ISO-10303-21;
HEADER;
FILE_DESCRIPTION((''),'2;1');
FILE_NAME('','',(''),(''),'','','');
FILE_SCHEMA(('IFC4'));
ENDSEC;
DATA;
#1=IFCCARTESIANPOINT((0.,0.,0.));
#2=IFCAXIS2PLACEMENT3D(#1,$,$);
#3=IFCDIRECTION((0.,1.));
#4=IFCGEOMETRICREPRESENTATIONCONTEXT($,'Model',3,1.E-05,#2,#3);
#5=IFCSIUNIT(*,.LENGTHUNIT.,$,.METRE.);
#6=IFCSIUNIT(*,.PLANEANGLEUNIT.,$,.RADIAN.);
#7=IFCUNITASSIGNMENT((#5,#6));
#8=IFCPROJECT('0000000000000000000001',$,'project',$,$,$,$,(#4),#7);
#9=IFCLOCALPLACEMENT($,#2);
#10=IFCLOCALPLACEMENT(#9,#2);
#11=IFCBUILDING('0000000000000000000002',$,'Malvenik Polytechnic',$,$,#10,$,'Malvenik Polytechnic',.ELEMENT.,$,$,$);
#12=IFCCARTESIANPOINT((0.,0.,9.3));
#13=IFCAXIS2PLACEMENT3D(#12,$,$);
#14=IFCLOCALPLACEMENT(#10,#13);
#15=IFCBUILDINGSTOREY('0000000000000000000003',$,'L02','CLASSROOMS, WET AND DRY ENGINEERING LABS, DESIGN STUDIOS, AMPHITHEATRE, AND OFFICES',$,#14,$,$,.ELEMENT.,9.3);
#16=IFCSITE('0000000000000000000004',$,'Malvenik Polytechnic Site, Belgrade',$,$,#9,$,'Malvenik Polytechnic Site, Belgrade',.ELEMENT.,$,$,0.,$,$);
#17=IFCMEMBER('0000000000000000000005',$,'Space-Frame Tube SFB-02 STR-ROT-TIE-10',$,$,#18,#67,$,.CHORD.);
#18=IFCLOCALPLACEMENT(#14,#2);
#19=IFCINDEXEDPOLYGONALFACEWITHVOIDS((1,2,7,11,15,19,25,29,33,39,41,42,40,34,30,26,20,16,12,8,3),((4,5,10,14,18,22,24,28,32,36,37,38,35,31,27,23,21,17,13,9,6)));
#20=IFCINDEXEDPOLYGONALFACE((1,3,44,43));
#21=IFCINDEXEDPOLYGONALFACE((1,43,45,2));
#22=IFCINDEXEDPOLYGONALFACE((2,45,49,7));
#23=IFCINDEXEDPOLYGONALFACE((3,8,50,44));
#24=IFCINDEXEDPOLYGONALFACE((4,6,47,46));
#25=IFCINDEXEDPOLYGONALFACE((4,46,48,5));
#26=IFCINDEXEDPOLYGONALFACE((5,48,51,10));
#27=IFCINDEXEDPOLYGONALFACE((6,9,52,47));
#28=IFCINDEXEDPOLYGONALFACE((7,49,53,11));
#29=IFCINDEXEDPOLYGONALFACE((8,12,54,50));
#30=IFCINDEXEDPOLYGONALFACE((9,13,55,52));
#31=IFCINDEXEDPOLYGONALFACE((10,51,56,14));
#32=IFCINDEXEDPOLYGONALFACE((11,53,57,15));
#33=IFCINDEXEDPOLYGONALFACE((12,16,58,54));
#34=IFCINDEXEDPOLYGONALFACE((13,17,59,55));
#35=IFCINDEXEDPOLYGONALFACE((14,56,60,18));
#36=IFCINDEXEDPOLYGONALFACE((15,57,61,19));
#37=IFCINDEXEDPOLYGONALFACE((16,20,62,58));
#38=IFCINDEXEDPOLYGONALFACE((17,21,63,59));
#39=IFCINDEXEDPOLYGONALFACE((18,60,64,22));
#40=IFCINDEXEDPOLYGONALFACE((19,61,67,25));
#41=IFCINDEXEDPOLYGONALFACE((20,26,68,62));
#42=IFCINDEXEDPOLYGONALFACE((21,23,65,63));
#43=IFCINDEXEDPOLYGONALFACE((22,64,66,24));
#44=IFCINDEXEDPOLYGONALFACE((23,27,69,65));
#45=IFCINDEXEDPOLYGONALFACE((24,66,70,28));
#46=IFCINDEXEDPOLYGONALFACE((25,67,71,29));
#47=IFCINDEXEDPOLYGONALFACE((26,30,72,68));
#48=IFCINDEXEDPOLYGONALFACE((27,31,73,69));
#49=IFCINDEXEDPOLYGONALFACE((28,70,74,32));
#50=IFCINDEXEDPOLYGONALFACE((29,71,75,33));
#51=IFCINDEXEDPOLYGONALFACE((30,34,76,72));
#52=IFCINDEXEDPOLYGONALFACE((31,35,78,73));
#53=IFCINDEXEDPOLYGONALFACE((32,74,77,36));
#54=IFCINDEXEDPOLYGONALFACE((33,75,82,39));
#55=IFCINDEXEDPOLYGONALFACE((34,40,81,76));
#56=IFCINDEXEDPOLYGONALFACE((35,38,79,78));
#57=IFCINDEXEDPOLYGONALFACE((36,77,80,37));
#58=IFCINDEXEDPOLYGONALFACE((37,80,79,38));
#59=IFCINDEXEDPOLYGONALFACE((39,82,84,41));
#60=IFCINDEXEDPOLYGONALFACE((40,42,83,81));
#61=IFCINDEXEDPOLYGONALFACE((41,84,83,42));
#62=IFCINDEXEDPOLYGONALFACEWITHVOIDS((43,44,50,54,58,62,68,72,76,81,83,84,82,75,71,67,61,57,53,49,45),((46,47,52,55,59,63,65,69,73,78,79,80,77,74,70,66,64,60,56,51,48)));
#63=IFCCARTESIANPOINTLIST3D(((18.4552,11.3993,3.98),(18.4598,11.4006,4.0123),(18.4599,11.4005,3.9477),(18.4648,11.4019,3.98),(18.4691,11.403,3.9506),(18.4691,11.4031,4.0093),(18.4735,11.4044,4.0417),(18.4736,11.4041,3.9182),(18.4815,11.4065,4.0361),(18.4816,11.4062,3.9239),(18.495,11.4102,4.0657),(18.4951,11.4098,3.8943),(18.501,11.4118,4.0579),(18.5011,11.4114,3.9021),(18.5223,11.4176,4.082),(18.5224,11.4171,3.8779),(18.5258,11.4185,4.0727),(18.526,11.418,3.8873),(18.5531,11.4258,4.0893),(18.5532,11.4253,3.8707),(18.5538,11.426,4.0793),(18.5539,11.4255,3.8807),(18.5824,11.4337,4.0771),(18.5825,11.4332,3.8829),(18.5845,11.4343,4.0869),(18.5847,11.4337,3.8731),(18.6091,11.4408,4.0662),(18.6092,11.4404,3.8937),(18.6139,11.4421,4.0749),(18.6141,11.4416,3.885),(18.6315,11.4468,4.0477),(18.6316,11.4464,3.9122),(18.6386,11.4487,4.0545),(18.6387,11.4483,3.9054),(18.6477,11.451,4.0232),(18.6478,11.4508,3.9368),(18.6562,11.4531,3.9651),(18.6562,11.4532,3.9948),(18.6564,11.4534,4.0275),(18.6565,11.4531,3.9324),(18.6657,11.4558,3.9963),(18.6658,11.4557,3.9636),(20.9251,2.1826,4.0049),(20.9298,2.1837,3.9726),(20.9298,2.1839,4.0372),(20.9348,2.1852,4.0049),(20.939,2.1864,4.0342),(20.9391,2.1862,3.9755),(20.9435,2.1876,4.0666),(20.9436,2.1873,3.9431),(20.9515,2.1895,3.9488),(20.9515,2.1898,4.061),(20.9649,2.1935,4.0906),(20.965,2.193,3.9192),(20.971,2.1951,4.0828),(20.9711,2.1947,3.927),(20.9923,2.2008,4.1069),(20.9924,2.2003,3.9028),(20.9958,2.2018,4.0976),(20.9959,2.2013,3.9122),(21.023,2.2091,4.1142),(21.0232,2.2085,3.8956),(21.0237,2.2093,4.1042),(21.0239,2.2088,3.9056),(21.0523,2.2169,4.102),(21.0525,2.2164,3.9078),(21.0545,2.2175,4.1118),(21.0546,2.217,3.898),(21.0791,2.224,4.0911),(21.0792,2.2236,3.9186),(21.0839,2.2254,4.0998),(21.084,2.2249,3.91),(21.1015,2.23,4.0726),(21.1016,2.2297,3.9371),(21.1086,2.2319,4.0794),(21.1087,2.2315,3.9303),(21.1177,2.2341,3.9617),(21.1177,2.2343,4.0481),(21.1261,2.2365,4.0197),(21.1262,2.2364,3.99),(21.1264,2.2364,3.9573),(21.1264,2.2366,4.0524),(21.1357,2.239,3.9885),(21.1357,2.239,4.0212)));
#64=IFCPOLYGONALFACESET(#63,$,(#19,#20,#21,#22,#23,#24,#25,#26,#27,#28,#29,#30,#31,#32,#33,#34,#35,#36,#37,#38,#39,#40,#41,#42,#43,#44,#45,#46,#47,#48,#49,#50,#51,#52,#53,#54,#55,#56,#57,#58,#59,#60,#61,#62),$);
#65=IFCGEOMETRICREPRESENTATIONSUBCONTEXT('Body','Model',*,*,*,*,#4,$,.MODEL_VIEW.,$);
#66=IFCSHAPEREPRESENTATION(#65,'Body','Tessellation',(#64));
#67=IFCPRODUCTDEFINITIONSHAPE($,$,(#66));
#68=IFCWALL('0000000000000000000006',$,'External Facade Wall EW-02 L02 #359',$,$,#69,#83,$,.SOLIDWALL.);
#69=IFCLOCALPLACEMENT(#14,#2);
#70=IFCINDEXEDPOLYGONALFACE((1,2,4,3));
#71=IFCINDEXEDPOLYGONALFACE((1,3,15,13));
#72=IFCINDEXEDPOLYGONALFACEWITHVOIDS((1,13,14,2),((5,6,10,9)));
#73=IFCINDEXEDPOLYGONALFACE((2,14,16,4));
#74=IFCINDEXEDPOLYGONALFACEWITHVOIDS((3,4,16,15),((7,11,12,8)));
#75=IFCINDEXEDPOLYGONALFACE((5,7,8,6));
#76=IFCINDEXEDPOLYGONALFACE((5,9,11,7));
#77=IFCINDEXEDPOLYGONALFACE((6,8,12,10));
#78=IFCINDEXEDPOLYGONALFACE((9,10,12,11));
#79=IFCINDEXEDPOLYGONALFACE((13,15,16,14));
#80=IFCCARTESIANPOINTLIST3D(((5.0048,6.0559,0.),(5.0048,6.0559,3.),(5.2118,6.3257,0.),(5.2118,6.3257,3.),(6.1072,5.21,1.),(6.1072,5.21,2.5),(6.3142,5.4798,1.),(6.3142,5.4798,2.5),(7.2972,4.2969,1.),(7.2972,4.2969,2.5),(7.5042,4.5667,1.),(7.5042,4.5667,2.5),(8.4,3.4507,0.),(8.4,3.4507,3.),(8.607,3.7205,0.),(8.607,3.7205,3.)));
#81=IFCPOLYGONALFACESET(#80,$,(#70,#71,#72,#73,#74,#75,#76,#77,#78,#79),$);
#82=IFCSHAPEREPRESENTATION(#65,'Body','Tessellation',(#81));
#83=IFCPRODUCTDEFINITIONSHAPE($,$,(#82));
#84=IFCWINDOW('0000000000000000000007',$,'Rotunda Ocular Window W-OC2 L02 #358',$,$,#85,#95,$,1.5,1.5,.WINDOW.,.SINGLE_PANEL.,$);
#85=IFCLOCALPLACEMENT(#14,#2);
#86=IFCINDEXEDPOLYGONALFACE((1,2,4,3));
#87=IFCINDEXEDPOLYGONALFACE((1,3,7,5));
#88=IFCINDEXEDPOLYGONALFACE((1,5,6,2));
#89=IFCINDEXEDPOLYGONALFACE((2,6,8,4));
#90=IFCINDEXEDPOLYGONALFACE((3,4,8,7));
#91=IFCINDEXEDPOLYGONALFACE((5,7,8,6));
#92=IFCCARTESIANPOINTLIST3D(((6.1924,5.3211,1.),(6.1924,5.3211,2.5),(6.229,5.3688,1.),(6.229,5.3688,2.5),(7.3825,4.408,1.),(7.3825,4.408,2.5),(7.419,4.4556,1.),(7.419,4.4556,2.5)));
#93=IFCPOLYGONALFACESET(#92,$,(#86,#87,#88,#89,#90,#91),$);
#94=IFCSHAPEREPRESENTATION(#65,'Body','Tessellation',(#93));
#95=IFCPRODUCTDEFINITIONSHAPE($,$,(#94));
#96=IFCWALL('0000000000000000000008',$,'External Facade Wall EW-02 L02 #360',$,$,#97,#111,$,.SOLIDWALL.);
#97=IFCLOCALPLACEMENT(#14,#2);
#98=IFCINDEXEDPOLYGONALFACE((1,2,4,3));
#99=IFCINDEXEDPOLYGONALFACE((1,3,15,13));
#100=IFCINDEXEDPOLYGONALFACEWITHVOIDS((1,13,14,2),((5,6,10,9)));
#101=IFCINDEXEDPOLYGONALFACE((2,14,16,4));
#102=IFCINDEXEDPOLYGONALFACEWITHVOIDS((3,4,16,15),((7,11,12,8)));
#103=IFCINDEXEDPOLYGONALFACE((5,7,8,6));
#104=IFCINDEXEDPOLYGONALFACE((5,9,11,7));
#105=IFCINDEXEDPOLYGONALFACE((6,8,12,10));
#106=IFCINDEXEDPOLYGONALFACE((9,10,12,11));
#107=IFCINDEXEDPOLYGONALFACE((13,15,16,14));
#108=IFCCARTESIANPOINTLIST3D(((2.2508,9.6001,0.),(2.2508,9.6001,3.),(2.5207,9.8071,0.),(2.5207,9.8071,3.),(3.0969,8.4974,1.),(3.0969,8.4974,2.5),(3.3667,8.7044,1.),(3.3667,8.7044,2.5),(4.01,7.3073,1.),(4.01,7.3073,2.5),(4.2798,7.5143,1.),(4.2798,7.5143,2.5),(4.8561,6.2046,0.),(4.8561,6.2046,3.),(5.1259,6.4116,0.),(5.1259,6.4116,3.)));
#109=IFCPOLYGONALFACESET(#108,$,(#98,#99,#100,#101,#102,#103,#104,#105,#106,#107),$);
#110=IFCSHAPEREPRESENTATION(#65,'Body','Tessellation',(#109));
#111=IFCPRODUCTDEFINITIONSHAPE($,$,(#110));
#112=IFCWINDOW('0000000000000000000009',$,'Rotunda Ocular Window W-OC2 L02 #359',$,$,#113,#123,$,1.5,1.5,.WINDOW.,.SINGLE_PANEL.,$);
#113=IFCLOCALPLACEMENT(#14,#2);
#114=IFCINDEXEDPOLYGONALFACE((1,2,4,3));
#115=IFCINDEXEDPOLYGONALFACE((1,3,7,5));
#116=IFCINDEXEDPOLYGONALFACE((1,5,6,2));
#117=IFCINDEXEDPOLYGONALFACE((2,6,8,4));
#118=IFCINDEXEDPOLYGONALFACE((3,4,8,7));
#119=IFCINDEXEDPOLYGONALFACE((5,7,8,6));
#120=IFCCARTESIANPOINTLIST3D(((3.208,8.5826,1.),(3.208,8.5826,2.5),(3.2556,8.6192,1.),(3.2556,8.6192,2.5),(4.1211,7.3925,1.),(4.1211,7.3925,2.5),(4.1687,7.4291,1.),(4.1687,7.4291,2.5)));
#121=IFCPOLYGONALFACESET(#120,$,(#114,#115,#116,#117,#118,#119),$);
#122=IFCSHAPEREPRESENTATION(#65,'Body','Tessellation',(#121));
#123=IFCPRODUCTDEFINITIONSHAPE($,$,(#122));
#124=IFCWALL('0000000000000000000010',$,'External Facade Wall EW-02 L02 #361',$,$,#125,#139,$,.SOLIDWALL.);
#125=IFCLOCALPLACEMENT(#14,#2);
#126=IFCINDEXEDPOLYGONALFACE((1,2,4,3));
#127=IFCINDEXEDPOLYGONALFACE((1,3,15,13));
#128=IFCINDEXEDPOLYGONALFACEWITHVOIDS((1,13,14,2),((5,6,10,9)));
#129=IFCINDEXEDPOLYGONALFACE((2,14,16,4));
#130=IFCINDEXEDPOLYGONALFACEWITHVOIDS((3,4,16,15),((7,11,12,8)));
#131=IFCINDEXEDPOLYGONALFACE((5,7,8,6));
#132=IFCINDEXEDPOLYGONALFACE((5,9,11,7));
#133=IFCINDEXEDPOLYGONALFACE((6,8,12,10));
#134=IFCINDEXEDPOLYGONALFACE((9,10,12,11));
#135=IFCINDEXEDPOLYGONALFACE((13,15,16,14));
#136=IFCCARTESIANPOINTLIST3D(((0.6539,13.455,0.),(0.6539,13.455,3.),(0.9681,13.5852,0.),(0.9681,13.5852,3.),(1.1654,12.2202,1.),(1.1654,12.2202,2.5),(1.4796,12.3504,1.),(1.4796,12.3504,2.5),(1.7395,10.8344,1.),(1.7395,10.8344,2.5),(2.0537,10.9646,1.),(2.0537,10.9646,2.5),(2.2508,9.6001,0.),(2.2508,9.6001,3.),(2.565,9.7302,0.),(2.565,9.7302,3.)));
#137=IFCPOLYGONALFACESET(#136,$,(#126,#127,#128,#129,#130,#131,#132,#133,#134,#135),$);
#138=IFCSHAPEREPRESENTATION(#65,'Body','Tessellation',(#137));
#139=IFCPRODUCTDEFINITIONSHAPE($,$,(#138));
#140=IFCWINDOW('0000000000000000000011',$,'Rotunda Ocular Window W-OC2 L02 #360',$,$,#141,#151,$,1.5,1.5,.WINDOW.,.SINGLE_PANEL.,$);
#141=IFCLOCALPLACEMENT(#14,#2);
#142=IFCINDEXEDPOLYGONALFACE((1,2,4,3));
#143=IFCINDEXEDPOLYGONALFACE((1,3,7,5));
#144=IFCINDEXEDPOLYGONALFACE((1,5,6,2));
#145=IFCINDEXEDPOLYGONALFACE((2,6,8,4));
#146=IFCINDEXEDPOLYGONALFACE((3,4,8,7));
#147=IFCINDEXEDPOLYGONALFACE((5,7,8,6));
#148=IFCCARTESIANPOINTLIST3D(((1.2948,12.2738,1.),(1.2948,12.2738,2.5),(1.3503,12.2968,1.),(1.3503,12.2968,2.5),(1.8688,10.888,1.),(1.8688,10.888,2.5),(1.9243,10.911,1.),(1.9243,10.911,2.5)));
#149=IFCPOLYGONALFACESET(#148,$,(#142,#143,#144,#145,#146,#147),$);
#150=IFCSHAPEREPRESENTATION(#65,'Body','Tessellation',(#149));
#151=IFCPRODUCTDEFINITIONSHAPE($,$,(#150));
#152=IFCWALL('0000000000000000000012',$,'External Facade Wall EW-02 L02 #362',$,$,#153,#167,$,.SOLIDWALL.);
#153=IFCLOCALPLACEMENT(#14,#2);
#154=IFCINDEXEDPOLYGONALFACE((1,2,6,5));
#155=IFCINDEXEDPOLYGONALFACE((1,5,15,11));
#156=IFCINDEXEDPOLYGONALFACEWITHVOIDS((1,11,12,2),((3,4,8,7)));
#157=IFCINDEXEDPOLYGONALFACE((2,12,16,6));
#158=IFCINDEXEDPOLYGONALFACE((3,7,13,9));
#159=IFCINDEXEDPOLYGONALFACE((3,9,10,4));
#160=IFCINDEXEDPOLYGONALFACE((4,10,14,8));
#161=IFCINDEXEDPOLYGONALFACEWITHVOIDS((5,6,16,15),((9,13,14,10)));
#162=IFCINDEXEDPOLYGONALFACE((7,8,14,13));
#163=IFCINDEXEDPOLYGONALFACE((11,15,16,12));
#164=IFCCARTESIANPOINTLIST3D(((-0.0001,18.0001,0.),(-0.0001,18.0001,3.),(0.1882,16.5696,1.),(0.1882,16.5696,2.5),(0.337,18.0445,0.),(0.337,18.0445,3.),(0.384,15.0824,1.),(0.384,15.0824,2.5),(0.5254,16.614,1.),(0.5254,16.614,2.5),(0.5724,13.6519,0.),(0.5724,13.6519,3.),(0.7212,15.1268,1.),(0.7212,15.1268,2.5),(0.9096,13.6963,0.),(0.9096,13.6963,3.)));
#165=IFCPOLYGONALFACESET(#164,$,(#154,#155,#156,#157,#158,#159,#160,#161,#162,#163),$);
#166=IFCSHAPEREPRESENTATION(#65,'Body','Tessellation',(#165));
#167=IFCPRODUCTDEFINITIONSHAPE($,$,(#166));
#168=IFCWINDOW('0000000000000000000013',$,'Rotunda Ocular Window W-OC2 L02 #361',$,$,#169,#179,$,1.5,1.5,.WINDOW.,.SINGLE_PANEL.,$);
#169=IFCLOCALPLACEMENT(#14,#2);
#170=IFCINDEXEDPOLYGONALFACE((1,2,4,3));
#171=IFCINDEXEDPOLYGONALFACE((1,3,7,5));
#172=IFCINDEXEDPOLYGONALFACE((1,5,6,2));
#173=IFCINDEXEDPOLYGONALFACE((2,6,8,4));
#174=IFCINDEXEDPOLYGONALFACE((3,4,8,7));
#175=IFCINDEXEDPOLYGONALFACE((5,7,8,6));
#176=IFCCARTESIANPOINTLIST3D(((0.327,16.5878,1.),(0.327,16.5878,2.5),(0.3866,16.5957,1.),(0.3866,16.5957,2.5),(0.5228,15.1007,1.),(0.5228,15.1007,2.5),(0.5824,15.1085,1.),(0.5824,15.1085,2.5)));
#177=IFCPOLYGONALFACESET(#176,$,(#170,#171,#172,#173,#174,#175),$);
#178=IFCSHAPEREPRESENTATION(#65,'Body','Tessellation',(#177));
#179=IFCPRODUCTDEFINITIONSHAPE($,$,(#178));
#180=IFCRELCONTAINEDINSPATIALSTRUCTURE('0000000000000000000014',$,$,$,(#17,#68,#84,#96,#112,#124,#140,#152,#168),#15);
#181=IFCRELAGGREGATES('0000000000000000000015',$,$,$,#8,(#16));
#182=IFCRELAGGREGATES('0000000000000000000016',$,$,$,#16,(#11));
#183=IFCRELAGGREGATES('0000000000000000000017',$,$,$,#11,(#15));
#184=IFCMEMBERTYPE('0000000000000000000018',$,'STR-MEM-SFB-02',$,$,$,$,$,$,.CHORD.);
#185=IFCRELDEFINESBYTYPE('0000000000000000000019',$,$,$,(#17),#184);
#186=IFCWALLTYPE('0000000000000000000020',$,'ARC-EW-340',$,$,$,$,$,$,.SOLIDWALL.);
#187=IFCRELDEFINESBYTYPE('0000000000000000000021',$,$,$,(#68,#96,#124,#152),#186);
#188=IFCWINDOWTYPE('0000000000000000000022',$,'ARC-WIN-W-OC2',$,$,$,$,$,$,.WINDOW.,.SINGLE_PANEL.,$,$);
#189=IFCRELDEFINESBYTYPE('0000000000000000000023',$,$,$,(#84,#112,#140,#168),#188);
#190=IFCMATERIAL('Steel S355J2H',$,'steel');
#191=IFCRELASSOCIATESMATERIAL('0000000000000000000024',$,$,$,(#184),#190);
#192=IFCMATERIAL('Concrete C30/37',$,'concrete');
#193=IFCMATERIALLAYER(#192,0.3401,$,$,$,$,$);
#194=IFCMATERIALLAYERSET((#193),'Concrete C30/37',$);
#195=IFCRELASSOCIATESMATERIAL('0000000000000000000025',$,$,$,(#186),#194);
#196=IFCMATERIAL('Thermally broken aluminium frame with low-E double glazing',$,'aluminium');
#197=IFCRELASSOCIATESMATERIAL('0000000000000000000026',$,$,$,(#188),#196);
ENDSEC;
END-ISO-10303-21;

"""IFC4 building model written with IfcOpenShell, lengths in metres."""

from ifc_helpers import new_model, si_unit, direction, frame, frame_2d, origin, origin_2d, place, context, subcontext, project, spatial, rectangle, hollow_circle, extrude, material, layer, layer_set, material_profile, profile_set, type_object, element, fill, save


model = new_model("IFC4")

# Units and contexts
model_context = context("Model", 3, precision=1e-05, world=origin(), true_north=direction((0.0, 1.0)))
body_context = subcontext(model_context, "Body", "Model", "MODEL_VIEW")
ifc_project = project(units=[si_unit("LENGTHUNIT", "METRE"), si_unit("PLANEANGLEUNIT", "RADIAN")], contexts=[model_context])

# Site, building, storey
site_placement = place(None, origin())
site = spatial("IfcSite", under=ifc_project, at=site_placement, Name="Malvenik Polytechnic Site, Belgrade", LongName="Malvenik Polytechnic Site, Belgrade", CompositionType="ELEMENT", RefElevation=0.0)
building_placement = place(site_placement, origin())
building = spatial("IfcBuilding", under=site, at=building_placement, Name="Malvenik Polytechnic", LongName="Malvenik Polytechnic", CompositionType="ELEMENT")
storey_placement = place(building_placement, frame((0.0, 0.0, 9.3)))
storey = spatial("IfcBuildingStorey", under=building, at=storey_placement, Name="L02", Description="CLASSROOMS, WET AND DRY ENGINEERING LABS, DESIGN STUDIOS, AMPHITHEATRE, AND OFFICES", CompositionType="ELEMENT", Elevation=9.3)

# Member
ifc_material_1 = material(Name="Steel S355J2H", Category="steel")
ifc_material_profile_1 = material_profile(ifc_material_1, hollow_circle(Radius=0.1096, WallThickness=0.01, at=origin_2d()), Name="CHS 219.1x10.0")
ifc_profile_set_1 = profile_set([ifc_material_profile_1], Name="Steel S355J2H")
member_type = type_object("IfcMemberType", Name="STR-MEM-SFB-02", PredefinedType="CHORD", material=ifc_profile_set_1)
member_1_placement = place(storey_placement, frame((21.031, 2.2109, 4.0049), z_axis=(-0.258851, 0.965914, -0.00261), x_axis=(-0.965917, -0.258852, 0.0)))
element("IfcMember", 1, at=member_1_placement, inside=storey, type_object=member_type, Name="Space-Frame Tube SFB-02 STR-ROT-TIE-10", PredefinedType="CHORD", context=body_context, shape_type="SweptSolid", body=[
    extrude(hollow_circle(Radius=0.1096, WallThickness=0.01, at=origin_2d()), origin(), (0.0, 0.0, 1.0), 9.542),
])

# Walls, openings, windows
ifc_material_2 = material(Name="Concrete C30/37", Category="concrete")
ifc_layer = layer(ifc_material_2, 0.3401)
ifc_layer_set = layer_set([ifc_layer], Name="Concrete C30/37")
wall_type = type_object("IfcWallType", Name="ARC-EW-340", PredefinedType="SOLIDWALL", material=ifc_layer_set)
wall_1_placement = place(storey_placement, frame((8.5034, 3.5857, 0.0), z_axis=(0.0, 0.0, 1.0), x_axis=(-0.793359, 0.608754, 0.0)))
wall_1 = element("IfcWall", 2, at=wall_1_placement, inside=storey, type_object=wall_type, Name="External Facade Wall EW-02 L02 #359", PredefinedType="SOLIDWALL", context=body_context, shape_type="SweptSolid", body=[
    extrude(rectangle(XDim=4.2795, YDim=0.3401, at=frame_2d((2.1396, 0.0))), origin(), (0.0, 0.0, 1.0), 3.0),
])
opening_1_placement = place(wall_1_placement, frame((1.3899, 0.0, 1.0)))
opening_1 = element("IfcOpeningElement", 3, at=opening_1_placement, cuts=wall_1, PredefinedType="OPENING", context=body_context, shape_type="SweptSolid", body=[
    extrude(rectangle(XDim=1.5, YDim=1.5, at=frame_2d((0.75, 0.75))), frame((0.0, 0.1802, 0.0), z_axis=(0.0, -1.0, 0.0), x_axis=(1.0, 0.0, 0.0)), (0.0, 0.0, 1.0), 0.3601),
])
ifc_material_3 = material(Name="Thermally broken aluminium frame with low-E double glazing", Category="aluminium")
window_type = type_object("IfcWindowType", Name="ARC-WIN-W-OC2", PartitioningType="SINGLE_PANEL", PredefinedType="WINDOW", material=ifc_material_3)
window_1_placement = place(opening_1_placement, origin())
window_1 = element("IfcWindow", 4, at=window_1_placement, inside=storey, type_object=window_type, Name="Rotunda Ocular Window W-OC2 L02 #358", OverallHeight=1.5, OverallWidth=1.5, PartitioningType="SINGLE_PANEL", PredefinedType="WINDOW", context=body_context, shape_type="SweptSolid", body=[
    extrude(rectangle(XDim=1.5, YDim=1.5, at=frame_2d((0.75, 0.75))), frame((0.0, 0.03, 0.0), z_axis=(0.0, -1.0, 0.0), x_axis=(1.0, 0.0, 0.0)), (0.0, 0.0, 1.0), 0.0601),
])
fill(opening_1, window_1)
wall_2_placement = place(storey_placement, frame((4.991, 6.3081, 0.0), z_axis=(0.0, 0.0, 1.0), x_axis=(-0.608726, 0.79338, 0.0)))
wall_2 = element("IfcWall", 5, at=wall_2_placement, inside=storey, type_object=wall_type, Name="External Facade Wall EW-02 L02 #360", PredefinedType="SOLIDWALL", context=body_context, shape_type="SweptSolid", body=[
    extrude(rectangle(XDim=4.2798, YDim=0.3401, at=frame_2d((2.1399, 0.0))), origin(), (0.0, 0.0, 1.0), 3.0),
])
opening_2_placement = place(wall_2_placement, frame((1.3899, 0.0, 1.0)))
opening_2 = element("IfcOpeningElement", 6, at=opening_2_placement, cuts=wall_2, PredefinedType="OPENING", context=body_context, shape_type="SweptSolid", body=[
    extrude(rectangle(XDim=1.5, YDim=1.5, at=frame_2d((0.75, 0.75))), frame((0.0, 0.1802, 0.0), z_axis=(0.0, -1.0, 0.0), x_axis=(1.0, 0.0, 0.0)), (0.0, 0.0, 1.0), 0.3601),
])
window_2_placement = place(opening_2_placement, origin())
window_2 = element("IfcWindow", 7, at=window_2_placement, inside=storey, type_object=window_type, Name="Rotunda Ocular Window W-OC2 L02 #359", OverallHeight=1.5, OverallWidth=1.5, PartitioningType="SINGLE_PANEL", PredefinedType="WINDOW", context=body_context, shape_type="SweptSolid", body=[
    extrude(rectangle(XDim=1.5, YDim=1.5, at=frame_2d((0.75, 0.75))), frame((0.0, 0.03, 0.0), z_axis=(0.0, -1.0, 0.0), x_axis=(1.0, 0.0, 0.0)), (0.0, 0.0, 1.0), 0.0601),
])
fill(opening_2, window_2)
wall_3_placement = place(storey_placement, frame((2.408, 9.665, 0.0), z_axis=(0.0, 0.0, 1.0), x_axis=(-0.382712, 0.923868, 0.0)))
wall_3 = element("IfcWall", 8, at=wall_3_placement, inside=storey, type_object=wall_type, Name="External Facade Wall EW-02 L02 #361", PredefinedType="SOLIDWALL", context=body_context, shape_type="SweptSolid", body=[
    extrude(rectangle(XDim=4.1726, YDim=0.3401, at=frame_2d((2.0864, 0.0))), origin(), (0.0, 0.0, 1.0), 3.0),
])
opening_3_placement = place(wall_3_placement, frame((1.3362, 0.0, 1.0)))
opening_3 = element("IfcOpeningElement", 9, at=opening_3_placement, cuts=wall_3, PredefinedType="OPENING", context=body_context, shape_type="SweptSolid", body=[
    extrude(rectangle(XDim=1.5, YDim=1.5, at=frame_2d((0.75, 0.75))), frame((0.0, 0.1802, 0.0), z_axis=(0.0, -1.0, 0.0), x_axis=(1.0, 0.0, 0.0)), (0.0, 0.0, 1.0), 0.3601),
])
window_3_placement = place(opening_3_placement, origin())
window_3 = element("IfcWindow", 10, at=window_3_placement, inside=storey, type_object=window_type, Name="Rotunda Ocular Window W-OC2 L02 #360", OverallHeight=1.5, OverallWidth=1.5, PartitioningType="SINGLE_PANEL", PredefinedType="WINDOW", context=body_context, shape_type="SweptSolid", body=[
    extrude(rectangle(XDim=1.5, YDim=1.5, at=frame_2d((0.75, 0.75))), frame((0.0, 0.03, 0.0), z_axis=(0.0, -1.0, 0.0), x_axis=(1.0, 0.0, 0.0)), (0.0, 0.0, 1.0), 0.0601),
])
fill(opening_3, window_3)
wall_4_placement = place(storey_placement, frame((0.741, 13.6741, 0.0), z_axis=(0.0, 0.0, 1.0), x_axis=(-0.130541, 0.991443, 0.0)))
wall_4 = element("IfcWall", 11, at=wall_4_placement, inside=storey, type_object=wall_type, Name="External Facade Wall EW-02 L02 #362", PredefinedType="SOLIDWALL", context=body_context, shape_type="SweptSolid", body=[
    extrude(rectangle(XDim=4.3857, YDim=0.3401, at=frame_2d((2.1929, 0.0))), origin(), (0.0, 0.0, 1.0), 3.0),
])
opening_4_placement = place(wall_4_placement, frame((1.4429, 0.0, 1.0)))
opening_4 = element("IfcOpeningElement", 12, at=opening_4_placement, cuts=wall_4, PredefinedType="OPENING", context=body_context, shape_type="SweptSolid", body=[
    extrude(rectangle(XDim=1.5, YDim=1.5, at=frame_2d((0.75, 0.75))), frame((0.0, 0.1802, 0.0), z_axis=(0.0, -1.0, 0.0), x_axis=(1.0, 0.0, 0.0)), (0.0, 0.0, 1.0), 0.3601),
])
window_4_placement = place(opening_4_placement, origin())
window_4 = element("IfcWindow", 13, at=window_4_placement, inside=storey, type_object=window_type, Name="Rotunda Ocular Window W-OC2 L02 #361", OverallHeight=1.5, OverallWidth=1.5, PartitioningType="SINGLE_PANEL", PredefinedType="WINDOW", context=body_context, shape_type="SweptSolid", body=[
    extrude(rectangle(XDim=1.5, YDim=1.5, at=frame_2d((0.75, 0.75))), frame((0.0, 0.03, 0.0), z_axis=(0.0, -1.0, 0.0), x_axis=(1.0, 0.0, 0.0)), (0.0, 0.0, 1.0), 0.0601),
])
fill(opening_4, window_4)

save(model, "model.ifc")
